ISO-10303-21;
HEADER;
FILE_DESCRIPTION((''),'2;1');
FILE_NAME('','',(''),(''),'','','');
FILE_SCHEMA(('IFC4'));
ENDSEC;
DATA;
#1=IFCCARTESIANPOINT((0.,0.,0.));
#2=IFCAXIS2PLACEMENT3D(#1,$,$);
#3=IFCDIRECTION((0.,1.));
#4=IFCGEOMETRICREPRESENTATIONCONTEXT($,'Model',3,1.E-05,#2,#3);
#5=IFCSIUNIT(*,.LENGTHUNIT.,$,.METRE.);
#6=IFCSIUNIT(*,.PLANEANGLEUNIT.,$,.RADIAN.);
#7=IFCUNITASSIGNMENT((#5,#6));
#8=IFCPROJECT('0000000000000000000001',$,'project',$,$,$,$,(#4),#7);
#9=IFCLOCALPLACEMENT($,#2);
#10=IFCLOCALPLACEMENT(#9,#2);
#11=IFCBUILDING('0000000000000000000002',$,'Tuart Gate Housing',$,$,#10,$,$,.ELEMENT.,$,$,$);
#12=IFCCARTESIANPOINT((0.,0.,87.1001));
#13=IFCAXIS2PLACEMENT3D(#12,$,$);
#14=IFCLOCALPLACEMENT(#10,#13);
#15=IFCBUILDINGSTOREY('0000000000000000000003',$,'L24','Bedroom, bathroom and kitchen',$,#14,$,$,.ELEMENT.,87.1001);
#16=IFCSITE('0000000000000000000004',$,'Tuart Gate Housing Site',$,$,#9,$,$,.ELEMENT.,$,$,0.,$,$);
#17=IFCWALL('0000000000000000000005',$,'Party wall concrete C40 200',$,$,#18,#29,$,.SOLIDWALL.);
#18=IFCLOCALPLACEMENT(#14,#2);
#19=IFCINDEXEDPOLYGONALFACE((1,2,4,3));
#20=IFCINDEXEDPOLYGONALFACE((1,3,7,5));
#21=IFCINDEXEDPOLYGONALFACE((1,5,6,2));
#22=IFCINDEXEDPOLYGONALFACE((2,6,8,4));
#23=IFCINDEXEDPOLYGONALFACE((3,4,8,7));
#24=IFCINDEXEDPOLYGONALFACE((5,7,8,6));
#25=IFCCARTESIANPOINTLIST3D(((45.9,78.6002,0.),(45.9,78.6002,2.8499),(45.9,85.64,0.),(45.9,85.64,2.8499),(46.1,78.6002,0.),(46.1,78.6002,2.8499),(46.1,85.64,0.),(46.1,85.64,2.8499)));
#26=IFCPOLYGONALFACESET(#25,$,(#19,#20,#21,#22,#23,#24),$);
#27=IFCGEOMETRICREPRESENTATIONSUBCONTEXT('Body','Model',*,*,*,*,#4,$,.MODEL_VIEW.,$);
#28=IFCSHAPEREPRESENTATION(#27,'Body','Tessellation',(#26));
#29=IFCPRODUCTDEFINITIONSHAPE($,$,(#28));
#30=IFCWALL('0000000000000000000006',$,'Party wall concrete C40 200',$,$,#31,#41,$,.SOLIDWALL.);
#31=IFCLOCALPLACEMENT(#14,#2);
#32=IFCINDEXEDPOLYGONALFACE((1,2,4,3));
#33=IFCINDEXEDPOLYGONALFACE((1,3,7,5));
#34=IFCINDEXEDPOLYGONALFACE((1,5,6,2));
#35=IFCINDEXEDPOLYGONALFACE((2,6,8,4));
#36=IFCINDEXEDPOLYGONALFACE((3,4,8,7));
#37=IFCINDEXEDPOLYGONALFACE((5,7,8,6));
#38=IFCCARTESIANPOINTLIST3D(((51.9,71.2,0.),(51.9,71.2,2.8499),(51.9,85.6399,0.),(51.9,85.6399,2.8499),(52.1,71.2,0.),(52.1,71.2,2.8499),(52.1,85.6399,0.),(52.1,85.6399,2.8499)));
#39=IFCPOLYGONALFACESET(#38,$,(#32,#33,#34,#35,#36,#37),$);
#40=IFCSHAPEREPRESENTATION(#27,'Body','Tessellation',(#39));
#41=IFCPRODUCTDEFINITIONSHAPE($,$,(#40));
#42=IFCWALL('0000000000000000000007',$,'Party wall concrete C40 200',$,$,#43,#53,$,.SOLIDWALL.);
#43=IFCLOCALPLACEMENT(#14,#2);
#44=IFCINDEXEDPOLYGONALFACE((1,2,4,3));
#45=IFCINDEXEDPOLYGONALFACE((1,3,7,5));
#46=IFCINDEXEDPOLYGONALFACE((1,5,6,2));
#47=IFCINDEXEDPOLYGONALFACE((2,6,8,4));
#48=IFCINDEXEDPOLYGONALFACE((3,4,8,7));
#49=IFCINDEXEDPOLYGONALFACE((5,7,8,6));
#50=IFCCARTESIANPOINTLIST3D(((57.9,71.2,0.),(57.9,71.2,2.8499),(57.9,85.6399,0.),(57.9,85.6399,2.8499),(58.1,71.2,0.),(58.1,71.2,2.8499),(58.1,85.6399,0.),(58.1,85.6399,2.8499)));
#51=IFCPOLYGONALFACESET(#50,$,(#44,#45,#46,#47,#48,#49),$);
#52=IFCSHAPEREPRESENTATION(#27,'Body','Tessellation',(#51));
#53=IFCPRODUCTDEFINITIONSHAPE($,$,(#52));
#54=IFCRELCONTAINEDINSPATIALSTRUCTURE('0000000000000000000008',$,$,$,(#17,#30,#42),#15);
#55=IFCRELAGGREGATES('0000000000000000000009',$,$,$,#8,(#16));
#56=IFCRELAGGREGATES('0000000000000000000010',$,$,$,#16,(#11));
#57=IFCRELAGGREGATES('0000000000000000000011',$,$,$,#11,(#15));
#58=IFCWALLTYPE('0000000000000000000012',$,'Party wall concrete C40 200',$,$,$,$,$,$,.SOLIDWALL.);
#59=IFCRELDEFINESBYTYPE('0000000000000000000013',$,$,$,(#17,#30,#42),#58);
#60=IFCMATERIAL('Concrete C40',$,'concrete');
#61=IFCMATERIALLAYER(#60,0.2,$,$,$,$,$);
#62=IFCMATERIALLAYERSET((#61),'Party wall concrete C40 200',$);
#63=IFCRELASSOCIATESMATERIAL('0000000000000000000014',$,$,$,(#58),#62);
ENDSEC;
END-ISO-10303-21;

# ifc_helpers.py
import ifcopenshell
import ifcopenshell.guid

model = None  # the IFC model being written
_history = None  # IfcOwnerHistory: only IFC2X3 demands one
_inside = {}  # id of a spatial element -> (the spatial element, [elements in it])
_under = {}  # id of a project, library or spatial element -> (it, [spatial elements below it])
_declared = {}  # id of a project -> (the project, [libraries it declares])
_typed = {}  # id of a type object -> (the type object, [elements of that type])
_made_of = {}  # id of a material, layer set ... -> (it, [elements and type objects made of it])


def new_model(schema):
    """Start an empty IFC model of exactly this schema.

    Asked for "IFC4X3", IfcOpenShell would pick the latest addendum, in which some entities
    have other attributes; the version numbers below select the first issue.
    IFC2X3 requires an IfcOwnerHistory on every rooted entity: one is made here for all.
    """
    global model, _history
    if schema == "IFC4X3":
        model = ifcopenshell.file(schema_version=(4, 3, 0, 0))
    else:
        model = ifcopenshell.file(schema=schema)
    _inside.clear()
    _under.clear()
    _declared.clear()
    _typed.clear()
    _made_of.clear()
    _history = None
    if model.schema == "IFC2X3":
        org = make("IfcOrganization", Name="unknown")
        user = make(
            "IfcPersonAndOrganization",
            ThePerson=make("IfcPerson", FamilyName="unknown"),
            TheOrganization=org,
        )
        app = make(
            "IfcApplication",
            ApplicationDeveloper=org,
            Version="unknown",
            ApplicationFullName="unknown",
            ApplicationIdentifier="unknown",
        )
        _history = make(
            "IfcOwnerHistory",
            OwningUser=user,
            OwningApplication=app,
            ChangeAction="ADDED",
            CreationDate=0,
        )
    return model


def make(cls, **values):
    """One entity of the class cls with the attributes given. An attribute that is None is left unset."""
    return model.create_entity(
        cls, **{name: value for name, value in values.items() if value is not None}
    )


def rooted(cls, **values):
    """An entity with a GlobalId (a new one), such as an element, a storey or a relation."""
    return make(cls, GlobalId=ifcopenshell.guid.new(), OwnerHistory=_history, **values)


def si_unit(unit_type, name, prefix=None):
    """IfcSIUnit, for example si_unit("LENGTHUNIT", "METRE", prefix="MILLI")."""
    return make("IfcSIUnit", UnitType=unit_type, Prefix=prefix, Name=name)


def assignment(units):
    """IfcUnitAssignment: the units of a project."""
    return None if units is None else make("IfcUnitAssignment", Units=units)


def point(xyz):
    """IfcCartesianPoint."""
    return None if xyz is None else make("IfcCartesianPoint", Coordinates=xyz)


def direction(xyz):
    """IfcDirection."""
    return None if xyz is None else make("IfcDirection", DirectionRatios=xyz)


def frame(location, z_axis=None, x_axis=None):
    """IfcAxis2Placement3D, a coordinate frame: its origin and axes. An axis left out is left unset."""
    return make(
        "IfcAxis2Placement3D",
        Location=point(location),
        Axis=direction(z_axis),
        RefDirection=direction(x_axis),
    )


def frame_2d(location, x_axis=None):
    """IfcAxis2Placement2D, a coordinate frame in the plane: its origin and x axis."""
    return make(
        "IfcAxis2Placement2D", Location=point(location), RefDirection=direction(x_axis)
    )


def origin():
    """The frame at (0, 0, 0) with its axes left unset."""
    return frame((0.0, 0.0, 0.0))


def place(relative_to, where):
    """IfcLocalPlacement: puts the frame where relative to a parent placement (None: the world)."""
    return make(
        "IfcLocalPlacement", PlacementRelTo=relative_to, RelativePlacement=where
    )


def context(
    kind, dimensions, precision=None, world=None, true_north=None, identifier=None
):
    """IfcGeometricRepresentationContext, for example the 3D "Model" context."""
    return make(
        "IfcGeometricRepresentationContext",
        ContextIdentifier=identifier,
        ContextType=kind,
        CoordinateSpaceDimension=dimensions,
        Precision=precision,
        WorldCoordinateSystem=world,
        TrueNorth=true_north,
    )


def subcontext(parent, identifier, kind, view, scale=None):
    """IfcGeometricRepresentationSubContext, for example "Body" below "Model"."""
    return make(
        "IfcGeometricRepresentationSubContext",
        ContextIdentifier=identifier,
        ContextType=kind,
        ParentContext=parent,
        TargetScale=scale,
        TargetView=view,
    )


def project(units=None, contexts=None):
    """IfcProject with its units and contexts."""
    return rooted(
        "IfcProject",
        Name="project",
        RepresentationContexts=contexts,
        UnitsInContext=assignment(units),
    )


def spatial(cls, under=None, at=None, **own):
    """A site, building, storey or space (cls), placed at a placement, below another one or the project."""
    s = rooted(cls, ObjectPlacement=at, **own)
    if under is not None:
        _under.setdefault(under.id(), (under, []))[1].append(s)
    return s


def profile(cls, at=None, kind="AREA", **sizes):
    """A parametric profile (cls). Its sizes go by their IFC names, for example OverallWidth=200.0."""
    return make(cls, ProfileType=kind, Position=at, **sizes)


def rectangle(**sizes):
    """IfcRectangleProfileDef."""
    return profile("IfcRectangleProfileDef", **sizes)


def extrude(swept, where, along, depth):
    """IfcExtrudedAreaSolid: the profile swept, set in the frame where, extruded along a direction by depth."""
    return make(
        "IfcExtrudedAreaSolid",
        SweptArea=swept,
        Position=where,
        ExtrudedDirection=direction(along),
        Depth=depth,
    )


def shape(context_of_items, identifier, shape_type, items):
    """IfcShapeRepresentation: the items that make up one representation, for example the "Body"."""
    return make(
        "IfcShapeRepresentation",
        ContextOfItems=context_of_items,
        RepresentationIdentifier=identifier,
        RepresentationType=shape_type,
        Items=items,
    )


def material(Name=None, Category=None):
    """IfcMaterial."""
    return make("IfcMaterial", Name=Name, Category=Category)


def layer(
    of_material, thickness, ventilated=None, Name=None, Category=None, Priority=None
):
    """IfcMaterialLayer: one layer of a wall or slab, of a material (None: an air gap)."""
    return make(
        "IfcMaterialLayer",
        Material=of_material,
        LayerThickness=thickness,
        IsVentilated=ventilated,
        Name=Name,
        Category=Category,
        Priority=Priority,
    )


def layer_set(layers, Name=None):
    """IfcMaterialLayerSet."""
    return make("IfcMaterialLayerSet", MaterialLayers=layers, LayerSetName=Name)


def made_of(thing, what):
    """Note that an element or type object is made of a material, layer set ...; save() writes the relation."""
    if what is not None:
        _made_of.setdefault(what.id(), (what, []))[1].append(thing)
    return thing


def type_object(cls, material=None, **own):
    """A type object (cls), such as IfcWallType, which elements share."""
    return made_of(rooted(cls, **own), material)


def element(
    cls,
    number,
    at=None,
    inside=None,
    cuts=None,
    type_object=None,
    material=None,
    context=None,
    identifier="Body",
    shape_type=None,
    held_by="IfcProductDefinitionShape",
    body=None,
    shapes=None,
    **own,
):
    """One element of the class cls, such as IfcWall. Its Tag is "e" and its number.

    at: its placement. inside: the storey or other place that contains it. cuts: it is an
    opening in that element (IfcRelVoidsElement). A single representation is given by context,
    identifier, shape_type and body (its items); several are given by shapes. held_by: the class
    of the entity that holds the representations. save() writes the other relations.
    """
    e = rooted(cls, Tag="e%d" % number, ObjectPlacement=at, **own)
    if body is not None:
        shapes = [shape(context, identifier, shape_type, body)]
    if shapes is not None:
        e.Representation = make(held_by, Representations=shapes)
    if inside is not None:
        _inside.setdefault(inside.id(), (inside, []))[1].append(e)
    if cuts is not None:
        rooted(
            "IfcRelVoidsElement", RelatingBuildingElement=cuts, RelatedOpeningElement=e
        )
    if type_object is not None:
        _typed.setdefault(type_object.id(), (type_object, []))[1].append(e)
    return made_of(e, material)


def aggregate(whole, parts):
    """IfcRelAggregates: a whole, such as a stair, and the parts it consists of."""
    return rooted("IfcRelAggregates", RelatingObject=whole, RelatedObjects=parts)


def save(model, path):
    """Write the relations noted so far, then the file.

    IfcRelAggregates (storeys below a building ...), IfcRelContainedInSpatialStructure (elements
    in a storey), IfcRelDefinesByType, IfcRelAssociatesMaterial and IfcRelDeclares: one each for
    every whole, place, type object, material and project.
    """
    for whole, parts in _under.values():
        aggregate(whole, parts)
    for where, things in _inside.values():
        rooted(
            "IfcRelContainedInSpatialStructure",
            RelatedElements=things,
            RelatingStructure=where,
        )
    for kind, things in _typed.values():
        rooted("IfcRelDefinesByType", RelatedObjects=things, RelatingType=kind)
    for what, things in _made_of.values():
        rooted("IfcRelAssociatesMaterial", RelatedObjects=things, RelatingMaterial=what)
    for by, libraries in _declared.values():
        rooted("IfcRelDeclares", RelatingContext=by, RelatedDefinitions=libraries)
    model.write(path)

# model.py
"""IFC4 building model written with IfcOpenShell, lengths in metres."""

from ifc_helpers import new_model, si_unit, direction, frame, frame_2d, origin, place, context, subcontext, project, spatial, rectangle, extrude, material, layer, layer_set, type_object, element, save


model = new_model("IFC4")

# Units and contexts
model_context = context("Model", 3, precision=1e-05, world=origin(), true_north=direction((0.0, 1.0)))
body_context = subcontext(model_context, "Body", "Model", "MODEL_VIEW")
ifc_project = project(units=[si_unit("LENGTHUNIT", "METRE"), si_unit("PLANEANGLEUNIT", "RADIAN")], contexts=[model_context])

# Site, building, storey
site_placement = place(None, origin())
site = spatial("IfcSite", under=ifc_project, at=site_placement, Name="Tuart Gate Housing Site", CompositionType="ELEMENT", RefElevation=0.0)
building_placement = place(site_placement, origin())
building = spatial("IfcBuilding", under=site, at=building_placement, Name="Tuart Gate Housing", CompositionType="ELEMENT")
storey_placement = place(building_placement, frame((0.0, 0.0, 87.1001)))
storey = spatial("IfcBuildingStorey", under=building, at=storey_placement, Name="L24", Description="Bedroom, bathroom and kitchen", CompositionType="ELEMENT", Elevation=87.1001)

# Walls
ifc_material_1 = material(Name="Concrete C40", Category="concrete")
ifc_layer_1 = layer(ifc_material_1, 0.2)
ifc_layer_set_1 = layer_set([ifc_layer_1], Name="Party wall concrete C40 200")
wall_type_1 = type_object("IfcWallType", Name="Party wall concrete C40 200", PredefinedType="SOLIDWALL", material=ifc_layer_set_1)
wall_1_placement = place(storey_placement, frame((46.0, 78.6001, 0.0), z_axis=(0.0, 0.0, 1.0), x_axis=(0.0, 1.0, 0.0)))
element("IfcWall", 1, at=wall_1_placement, inside=storey, type_object=wall_type_1, Name="Party wall concrete C40 200", PredefinedType="SOLIDWALL", context=body_context, shape_type="SweptSolid", body=[
    extrude(rectangle(XDim=7.0398, YDim=0.2, at=frame_2d((3.52, 0.0))), origin(), (0.0, 0.0, 1.0), 2.8499),
])
for number, where, z_axis, x_axis, name in (
    (2, (52.0, 71.2, 0.0), (0.0, 0.0, 1.0), (0.0, 1.0, 0.0), "Party wall concrete C40 200"),
    (3, (58.0, 71.2, 0.0), (0.0, 0.0, 1.0), (0.0, 1.0, 0.0), "Party wall concrete C40 200"),
):
    element("IfcWall", number, at=place(storey_placement, frame(where, z_axis=z_axis, x_axis=x_axis)), inside=storey, type_object=wall_type_1, Name=name, PredefinedType="SOLIDWALL", context=body_context, shape_type="SweptSolid", body=[
        extrude(rectangle(XDim=14.4399, YDim=0.2, at=frame_2d((7.22, 0.0))), origin(), (0.0, 0.0, 1.0), 2.8499),
    ])

save(model, "model.ifc")
